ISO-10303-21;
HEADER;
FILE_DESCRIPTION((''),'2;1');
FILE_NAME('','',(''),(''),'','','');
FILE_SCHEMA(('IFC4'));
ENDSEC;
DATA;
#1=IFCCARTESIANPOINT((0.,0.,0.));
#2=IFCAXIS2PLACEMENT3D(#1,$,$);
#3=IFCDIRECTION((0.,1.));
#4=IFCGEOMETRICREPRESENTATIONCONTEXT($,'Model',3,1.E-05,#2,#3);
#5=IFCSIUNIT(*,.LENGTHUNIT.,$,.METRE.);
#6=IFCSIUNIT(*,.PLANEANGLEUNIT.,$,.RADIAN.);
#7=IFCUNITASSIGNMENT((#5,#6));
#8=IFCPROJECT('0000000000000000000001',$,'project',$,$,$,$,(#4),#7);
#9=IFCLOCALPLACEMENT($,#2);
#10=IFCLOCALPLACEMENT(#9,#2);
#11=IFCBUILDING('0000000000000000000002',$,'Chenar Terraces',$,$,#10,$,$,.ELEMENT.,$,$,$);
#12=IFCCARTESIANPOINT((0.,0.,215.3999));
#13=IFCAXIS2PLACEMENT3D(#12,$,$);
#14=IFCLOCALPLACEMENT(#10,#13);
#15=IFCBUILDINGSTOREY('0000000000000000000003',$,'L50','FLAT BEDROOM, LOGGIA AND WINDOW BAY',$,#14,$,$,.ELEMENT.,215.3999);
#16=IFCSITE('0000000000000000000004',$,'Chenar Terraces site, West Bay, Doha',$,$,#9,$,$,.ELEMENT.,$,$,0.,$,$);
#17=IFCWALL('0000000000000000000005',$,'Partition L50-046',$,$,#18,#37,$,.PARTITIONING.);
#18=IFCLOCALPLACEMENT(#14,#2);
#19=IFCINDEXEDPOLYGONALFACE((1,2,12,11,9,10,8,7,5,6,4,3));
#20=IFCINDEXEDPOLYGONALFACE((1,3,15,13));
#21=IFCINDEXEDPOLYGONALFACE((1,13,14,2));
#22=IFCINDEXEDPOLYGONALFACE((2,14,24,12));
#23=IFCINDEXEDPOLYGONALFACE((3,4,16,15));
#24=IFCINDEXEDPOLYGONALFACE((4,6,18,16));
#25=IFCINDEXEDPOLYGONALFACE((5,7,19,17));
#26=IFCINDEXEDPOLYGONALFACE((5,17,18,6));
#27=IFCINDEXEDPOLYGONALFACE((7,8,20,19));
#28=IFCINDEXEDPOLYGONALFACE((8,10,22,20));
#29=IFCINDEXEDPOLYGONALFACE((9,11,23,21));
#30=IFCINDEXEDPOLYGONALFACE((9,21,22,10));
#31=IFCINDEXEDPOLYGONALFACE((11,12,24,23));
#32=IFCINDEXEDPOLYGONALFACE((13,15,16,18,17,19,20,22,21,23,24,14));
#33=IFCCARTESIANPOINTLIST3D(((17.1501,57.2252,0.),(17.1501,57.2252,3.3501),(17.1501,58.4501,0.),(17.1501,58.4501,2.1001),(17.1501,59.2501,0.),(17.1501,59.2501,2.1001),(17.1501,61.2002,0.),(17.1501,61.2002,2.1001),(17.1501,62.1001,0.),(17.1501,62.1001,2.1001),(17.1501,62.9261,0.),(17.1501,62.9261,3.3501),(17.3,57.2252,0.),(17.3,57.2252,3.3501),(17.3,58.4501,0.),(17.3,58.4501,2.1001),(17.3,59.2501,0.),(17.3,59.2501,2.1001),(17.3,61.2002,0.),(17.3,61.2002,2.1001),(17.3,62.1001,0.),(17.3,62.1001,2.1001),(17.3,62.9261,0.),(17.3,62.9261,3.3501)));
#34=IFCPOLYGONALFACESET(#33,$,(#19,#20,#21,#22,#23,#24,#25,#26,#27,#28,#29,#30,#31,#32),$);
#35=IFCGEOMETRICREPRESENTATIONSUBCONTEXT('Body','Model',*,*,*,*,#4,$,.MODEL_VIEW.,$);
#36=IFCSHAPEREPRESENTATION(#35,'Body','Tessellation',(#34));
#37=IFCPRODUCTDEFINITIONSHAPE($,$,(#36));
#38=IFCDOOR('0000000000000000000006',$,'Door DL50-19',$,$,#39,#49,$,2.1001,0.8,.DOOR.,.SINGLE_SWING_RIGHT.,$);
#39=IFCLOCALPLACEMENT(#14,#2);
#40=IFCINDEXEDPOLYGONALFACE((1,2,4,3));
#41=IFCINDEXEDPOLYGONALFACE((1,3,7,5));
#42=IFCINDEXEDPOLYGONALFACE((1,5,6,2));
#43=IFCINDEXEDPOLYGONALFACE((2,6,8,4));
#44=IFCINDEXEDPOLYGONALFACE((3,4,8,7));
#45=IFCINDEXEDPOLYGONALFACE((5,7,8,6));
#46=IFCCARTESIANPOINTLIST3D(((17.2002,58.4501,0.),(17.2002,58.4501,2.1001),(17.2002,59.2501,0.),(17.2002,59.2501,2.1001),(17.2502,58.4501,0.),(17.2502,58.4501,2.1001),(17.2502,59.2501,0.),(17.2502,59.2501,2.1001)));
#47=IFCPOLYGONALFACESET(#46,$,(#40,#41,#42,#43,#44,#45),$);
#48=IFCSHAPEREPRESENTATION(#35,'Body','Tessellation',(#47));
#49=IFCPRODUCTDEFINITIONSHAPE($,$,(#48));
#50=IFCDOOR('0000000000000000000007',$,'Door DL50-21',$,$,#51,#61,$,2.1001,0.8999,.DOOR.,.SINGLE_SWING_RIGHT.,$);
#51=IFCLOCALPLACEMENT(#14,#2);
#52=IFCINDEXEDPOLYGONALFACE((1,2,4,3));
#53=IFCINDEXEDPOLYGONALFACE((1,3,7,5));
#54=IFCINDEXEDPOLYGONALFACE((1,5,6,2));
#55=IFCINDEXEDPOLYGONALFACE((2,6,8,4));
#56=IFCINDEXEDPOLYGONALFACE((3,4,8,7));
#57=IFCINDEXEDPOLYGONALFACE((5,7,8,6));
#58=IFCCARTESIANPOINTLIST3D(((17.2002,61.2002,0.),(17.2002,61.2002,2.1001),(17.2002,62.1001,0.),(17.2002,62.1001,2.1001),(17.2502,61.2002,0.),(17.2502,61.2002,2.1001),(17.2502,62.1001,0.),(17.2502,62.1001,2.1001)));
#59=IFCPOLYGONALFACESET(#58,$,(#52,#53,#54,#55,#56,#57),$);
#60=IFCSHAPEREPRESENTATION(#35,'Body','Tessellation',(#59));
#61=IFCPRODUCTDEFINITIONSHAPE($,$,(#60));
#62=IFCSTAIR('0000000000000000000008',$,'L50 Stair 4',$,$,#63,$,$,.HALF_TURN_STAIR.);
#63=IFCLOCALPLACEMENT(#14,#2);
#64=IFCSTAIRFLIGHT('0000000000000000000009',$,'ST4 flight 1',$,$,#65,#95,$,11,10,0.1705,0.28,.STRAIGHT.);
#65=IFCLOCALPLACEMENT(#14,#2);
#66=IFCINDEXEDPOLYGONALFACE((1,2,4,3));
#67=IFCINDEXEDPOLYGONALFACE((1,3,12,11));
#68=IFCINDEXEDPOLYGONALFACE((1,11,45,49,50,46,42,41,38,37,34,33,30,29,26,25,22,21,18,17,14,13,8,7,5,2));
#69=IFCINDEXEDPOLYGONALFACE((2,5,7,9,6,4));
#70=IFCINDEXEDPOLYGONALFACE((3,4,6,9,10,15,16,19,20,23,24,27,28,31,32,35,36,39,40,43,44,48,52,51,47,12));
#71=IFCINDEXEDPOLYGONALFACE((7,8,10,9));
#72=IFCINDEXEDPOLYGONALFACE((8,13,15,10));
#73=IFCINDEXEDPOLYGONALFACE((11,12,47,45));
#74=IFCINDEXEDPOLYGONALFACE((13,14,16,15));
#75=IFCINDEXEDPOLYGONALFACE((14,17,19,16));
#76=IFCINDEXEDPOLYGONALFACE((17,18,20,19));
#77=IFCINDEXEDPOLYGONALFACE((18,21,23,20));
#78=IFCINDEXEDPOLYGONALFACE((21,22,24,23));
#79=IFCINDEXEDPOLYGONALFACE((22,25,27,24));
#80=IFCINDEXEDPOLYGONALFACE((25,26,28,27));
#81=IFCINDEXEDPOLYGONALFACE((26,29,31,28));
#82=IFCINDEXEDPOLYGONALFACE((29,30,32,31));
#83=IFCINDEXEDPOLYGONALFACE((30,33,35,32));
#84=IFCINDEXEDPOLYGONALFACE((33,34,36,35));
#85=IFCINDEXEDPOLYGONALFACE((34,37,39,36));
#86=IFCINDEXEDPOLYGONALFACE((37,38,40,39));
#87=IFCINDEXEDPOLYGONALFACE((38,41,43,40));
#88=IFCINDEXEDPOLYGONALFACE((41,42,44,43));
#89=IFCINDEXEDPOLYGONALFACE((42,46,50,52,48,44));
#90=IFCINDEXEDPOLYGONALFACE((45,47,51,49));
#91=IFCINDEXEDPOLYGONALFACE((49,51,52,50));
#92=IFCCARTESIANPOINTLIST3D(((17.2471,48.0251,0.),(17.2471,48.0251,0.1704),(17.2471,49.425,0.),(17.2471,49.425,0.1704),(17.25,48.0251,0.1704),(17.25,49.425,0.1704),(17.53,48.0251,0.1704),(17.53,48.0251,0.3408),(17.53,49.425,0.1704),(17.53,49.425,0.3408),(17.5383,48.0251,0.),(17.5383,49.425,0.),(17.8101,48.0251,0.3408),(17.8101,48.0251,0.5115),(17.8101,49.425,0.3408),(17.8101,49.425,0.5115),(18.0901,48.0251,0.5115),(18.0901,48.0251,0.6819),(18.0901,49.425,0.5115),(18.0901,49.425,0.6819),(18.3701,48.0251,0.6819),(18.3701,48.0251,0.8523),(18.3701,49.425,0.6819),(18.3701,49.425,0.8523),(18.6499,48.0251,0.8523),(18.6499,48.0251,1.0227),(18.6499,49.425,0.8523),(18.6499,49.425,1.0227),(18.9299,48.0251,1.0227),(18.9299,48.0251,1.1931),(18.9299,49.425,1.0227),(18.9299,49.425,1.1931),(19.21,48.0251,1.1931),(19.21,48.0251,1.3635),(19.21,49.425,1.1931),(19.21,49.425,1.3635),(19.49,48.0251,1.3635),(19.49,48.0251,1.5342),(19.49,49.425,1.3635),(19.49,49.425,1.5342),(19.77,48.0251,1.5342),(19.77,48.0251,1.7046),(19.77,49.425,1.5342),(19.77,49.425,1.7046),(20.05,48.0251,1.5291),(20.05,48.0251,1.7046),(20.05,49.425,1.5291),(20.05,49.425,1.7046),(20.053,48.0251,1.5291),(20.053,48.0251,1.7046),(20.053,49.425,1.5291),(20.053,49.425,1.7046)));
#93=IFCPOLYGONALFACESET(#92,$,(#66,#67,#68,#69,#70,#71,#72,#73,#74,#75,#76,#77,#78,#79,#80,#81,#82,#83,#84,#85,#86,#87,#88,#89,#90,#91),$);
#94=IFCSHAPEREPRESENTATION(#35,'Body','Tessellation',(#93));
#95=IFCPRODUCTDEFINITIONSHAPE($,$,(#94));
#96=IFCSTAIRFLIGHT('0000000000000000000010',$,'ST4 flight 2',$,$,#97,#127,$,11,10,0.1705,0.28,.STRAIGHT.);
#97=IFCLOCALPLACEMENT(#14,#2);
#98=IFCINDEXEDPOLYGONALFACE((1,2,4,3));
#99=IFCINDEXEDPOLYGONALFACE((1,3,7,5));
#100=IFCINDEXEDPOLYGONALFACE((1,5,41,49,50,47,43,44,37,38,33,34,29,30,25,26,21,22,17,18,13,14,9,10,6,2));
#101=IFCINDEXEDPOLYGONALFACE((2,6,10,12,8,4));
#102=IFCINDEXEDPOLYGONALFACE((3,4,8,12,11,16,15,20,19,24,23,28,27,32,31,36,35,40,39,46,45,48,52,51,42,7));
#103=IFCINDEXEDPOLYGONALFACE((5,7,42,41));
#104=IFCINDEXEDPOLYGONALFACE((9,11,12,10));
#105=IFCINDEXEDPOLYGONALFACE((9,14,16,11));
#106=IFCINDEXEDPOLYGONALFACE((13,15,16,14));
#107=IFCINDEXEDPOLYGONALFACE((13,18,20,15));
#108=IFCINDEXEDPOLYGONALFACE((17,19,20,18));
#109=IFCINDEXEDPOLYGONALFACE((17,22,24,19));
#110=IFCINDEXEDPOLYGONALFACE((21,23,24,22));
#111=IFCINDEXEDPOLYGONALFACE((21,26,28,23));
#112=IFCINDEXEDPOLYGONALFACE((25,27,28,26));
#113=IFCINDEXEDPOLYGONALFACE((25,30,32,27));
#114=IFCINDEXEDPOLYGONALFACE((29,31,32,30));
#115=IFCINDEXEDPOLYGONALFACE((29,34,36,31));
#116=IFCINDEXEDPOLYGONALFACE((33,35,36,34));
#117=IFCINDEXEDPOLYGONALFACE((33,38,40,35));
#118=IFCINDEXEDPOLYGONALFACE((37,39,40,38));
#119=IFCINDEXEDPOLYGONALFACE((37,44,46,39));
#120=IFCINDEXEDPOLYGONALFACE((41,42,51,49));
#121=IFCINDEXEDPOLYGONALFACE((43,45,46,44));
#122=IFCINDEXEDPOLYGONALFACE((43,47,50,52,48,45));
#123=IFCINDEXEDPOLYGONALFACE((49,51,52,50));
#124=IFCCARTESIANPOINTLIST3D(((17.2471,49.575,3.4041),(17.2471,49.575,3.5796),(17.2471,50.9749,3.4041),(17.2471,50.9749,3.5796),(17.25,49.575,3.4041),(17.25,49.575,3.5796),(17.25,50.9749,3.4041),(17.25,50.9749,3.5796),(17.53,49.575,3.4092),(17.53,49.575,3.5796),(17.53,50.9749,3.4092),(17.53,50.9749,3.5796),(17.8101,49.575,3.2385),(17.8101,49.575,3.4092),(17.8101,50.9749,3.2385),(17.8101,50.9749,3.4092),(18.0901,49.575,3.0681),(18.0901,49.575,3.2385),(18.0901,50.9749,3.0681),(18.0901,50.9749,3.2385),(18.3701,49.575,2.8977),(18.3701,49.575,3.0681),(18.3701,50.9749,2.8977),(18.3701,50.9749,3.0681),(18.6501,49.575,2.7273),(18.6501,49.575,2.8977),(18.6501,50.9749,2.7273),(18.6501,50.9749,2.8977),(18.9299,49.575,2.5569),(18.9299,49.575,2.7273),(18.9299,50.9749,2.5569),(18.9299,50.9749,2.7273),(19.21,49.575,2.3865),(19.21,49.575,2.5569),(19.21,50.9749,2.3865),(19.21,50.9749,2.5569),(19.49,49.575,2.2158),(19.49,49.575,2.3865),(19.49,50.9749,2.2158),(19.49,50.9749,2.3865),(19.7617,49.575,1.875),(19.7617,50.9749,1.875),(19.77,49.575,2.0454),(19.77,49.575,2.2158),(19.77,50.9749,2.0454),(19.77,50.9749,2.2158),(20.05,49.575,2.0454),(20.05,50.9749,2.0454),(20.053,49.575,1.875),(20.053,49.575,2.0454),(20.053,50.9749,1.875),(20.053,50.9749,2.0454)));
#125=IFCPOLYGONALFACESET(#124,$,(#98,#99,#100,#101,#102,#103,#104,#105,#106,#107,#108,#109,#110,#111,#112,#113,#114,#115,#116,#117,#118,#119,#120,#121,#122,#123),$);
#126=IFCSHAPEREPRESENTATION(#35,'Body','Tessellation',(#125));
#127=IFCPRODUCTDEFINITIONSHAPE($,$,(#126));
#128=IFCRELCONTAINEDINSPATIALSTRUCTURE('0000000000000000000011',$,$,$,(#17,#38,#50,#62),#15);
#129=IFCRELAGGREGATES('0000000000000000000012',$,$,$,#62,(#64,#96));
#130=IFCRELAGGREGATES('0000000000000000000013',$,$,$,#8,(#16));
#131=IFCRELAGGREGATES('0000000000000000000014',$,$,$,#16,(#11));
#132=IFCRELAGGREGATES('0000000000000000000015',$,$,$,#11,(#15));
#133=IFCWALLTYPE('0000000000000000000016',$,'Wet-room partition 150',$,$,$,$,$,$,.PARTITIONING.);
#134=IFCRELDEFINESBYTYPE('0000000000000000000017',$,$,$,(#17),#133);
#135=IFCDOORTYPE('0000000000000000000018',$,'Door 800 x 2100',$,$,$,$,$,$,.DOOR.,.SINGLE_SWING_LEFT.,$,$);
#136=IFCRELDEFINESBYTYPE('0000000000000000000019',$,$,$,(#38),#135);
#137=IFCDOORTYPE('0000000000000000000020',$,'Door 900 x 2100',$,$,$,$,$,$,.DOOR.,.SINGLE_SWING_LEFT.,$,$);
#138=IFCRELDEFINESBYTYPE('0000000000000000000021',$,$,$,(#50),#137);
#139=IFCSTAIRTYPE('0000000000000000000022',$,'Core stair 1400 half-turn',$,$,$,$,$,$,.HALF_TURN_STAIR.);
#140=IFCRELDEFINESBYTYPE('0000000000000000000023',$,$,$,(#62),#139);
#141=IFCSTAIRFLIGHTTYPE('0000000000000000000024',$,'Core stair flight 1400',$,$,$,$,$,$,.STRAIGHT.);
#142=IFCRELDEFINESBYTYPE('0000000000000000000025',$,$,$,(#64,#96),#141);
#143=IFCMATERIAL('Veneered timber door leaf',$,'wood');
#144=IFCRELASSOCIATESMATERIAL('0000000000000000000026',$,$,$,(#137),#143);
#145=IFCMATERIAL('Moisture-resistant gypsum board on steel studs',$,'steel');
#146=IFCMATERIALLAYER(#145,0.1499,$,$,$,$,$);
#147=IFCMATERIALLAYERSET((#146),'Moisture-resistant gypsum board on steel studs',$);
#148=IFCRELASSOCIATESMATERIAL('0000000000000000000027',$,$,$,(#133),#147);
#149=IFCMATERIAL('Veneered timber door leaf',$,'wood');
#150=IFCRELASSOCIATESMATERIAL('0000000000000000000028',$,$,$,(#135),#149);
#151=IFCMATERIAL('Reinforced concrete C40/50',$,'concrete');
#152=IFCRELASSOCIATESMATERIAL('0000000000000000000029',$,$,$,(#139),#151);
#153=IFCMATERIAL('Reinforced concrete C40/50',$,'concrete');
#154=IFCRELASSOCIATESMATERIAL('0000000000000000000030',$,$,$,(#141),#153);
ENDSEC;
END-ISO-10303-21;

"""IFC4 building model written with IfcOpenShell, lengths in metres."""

from ifc_helpers import new_model, si_unit, direction, frame, frame_2d, origin, place, context, subcontext, project, spatial, polyline, rectangle, outline, extrude, material, layer, layer_set, type_object, element, fill, aggregate, save


model = new_model("IFC4")

# Units and contexts
model_context = context("Model", 3, precision=1e-05, world=origin(), true_north=direction((0.0, 1.0)))
body_context = subcontext(model_context, "Body", "Model", "MODEL_VIEW")
ifc_project = project(units=[si_unit("LENGTHUNIT", "METRE"), si_unit("PLANEANGLEUNIT", "RADIAN")], contexts=[model_context])

# Site, building, storey
site_placement = place(None, origin())
site = spatial("IfcSite", under=ifc_project, at=site_placement, Name="Chenar Terraces site, West Bay, Doha", CompositionType="ELEMENT", RefElevation=0.0)
building_placement = place(site_placement, origin())
building = spatial("IfcBuilding", under=site, at=building_placement, Name="Chenar Terraces", CompositionType="ELEMENT")
storey_placement = place(building_placement, frame((0.0, 0.0, 215.3999)))
storey = spatial("IfcBuildingStorey", under=building, at=storey_placement, Name="L50", Description="FLAT BEDROOM, LOGGIA AND WINDOW BAY", CompositionType="ELEMENT", Elevation=215.3999)

# Shared definitions
ifc_material_1 = material(Name="Veneered timber door leaf", Category="wood")
door_type_1 = type_object("IfcDoorType", Name="Door 900 x 2100", OperationType="SINGLE_SWING_LEFT", PredefinedType="DOOR", material=ifc_material_1)

# Shared definitions
ifc_material_2 = material(Name="Moisture-resistant gypsum board on steel studs", Category="steel")
ifc_layer_1 = layer(ifc_material_2, 0.1499)
ifc_layer_set_1 = layer_set([ifc_layer_1], Name="Moisture-resistant gypsum board on steel studs")
wall_type_1 = type_object("IfcWallType", Name="Wet-room partition 150", PredefinedType="PARTITIONING", material=ifc_layer_set_1)

# Wall, openings, doors
wall_1_placement = place(storey_placement, frame((17.2251, 57.2251, 0.0), z_axis=(0.0, 0.0, 1.0), x_axis=(0.0, 1.0, 0.0)))
wall_1 = element("IfcWall", 1, at=wall_1_placement, inside=storey, type_object=wall_type_1, Name="Partition L50-046", PredefinedType="PARTITIONING", context=body_context, shape_type="SweptSolid", body=[
    extrude(rectangle(XDim=5.7009, YDim=0.1499, at=frame_2d((2.8506, 0.0))), origin(), (0.0, 0.0, 1.0), 3.3501),
])
opening_1_placement = place(wall_1_placement, frame((1.2251, 0.0, 0.0)))
opening_1 = element("IfcOpeningElement", 2, at=opening_1_placement, cuts=wall_1, PredefinedType="OPENING", context=body_context, shape_type="SweptSolid", body=[
    extrude(rectangle(XDim=0.8, YDim=2.1001, at=frame_2d((0.3999, 1.05))), frame((0.0, 0.085, 0.0), z_axis=(0.0, -1.0, 0.0), x_axis=(1.0, 0.0, 0.0)), (0.0, 0.0, 1.0), 0.1699),
])
opening_2_placement = place(wall_1_placement, frame((3.9751, 0.0, 0.0)))
opening_2 = element("IfcOpeningElement", 3, at=opening_2_placement, cuts=wall_1, PredefinedType="OPENING", context=body_context, shape_type="SweptSolid", body=[
    extrude(rectangle(XDim=0.8999, YDim=2.1001, at=frame_2d((0.45, 1.05))), frame((0.0, 0.085, 0.0), z_axis=(0.0, -1.0, 0.0), x_axis=(1.0, 0.0, 0.0)), (0.0, 0.0, 1.0), 0.1699),
])
ifc_material_3 = material(Name="Veneered timber door leaf", Category="wood")
door_type_2 = type_object("IfcDoorType", Name="Door 800 x 2100", OperationType="SINGLE_SWING_LEFT", PredefinedType="DOOR", material=ifc_material_3)
door_1_placement = place(opening_1_placement, origin())
door_1 = element("IfcDoor", 4, at=door_1_placement, inside=storey, type_object=door_type_2, Name="Door DL50-19", OperationType="SINGLE_SWING_RIGHT", OverallHeight=2.1001, OverallWidth=0.8, PredefinedType="DOOR", context=body_context, shape_type="SweptSolid", body=[
    extrude(rectangle(XDim=0.8, YDim=2.1001, at=frame_2d((0.3999, 1.05))), frame((0.0, 0.0249, 0.0), z_axis=(0.0, -1.0, 0.0), x_axis=(1.0, 0.0, 0.0)), (0.0, 0.0, 1.0), 0.05),
])
fill(opening_1, door_1)
door_2_placement = place(opening_2_placement, origin())
door_2 = element("IfcDoor", 5, at=door_2_placement, inside=storey, type_object=door_type_1, Name="Door DL50-21", OperationType="SINGLE_SWING_RIGHT", OverallHeight=2.1001, OverallWidth=0.8999, PredefinedType="DOOR", context=body_context, shape_type="SweptSolid", body=[
    extrude(rectangle(XDim=0.8999, YDim=2.1001, at=frame_2d((0.45, 1.05))), frame((0.0, 0.0249, 0.0), z_axis=(0.0, -1.0, 0.0), x_axis=(1.0, 0.0, 0.0)), (0.0, 0.0, 1.0), 0.05),
])
fill(opening_2, door_2)

# Stair, stair flights
ifc_material_4 = material(Name="Reinforced concrete C40/50", Category="concrete")
stair_type = type_object("IfcStairType", Name="Core stair 1400 half-turn", PredefinedType="HALF_TURN_STAIR", material=ifc_material_4)
stair_placement = place(storey_placement, origin())
stair = element("IfcStair", 6, at=stair_placement, inside=storey, type_object=stair_type, Name="L50 Stair 4", PredefinedType="HALF_TURN_STAIR")
ifc_material_5 = material(Name="Reinforced concrete C40/50", Category="concrete")
stair_flight_type = type_object("IfcStairFlightType", Name="Core stair flight 1400", PredefinedType="STRAIGHT", material=ifc_material_5)
stair_flight_1_placement = place(storey_placement, frame((17.25, 48.7251, 0.0), z_axis=(0.0, 0.0, 1.0), x_axis=(1.0, 0.0, 0.0)))
stair_flight_1 = element("IfcStairFlight", 7, at=stair_flight_1_placement, type_object=stair_flight_type, Name="ST4 flight 1", NumberOfRisers=11, NumberOfTreads=10, PredefinedType="STRAIGHT", RiserHeight=0.1705, TreadLength=0.28, context=body_context, shape_type="SweptSolid", body=[
    extrude(outline(polyline([(-0.0029, 0.0), (-0.0029, 0.1704), (0.0, 0.1704), (0.28, 0.1704), (0.28, 0.3408), (0.5601, 0.3408), (0.5601, 0.5115), (0.8401, 0.5115), (0.8401, 0.6819), (1.1201, 0.6819), (1.1201, 0.8523), (1.3999, 0.8523), (1.3999, 1.0227), (1.6799, 1.0227), (1.6799, 1.1931), (1.96, 1.1931), (1.96, 1.3635), (2.24, 1.3635), (2.24, 1.5342), (2.52, 1.5342), (2.52, 1.7046), (2.8, 1.7046), (2.803, 1.7046), (2.803, 1.5291), (2.8, 1.5291), (0.2883, 0.0), (-0.0029, 0.0)])), frame((0.0, 0.7, 0.0), z_axis=(0.0, -1.0, 0.0), x_axis=(1.0, 0.0, 0.0)), (0.0, 0.0, 1.0), 1.3999),
])
stair_flight_2_placement = place(storey_placement, frame((20.05, 50.2749, 1.875), z_axis=(0.0, 0.0, 1.0), x_axis=(-1.0, 0.0, 0.0)))
stair_flight_2 = element("IfcStairFlight", 8, at=stair_flight_2_placement, type_object=stair_flight_type, Name="ST4 flight 2", NumberOfRisers=11, NumberOfTreads=10, PredefinedType="STRAIGHT", RiserHeight=0.1705, TreadLength=0.28, context=body_context, shape_type="SweptSolid", body=[
    extrude(outline(polyline([(-0.0029, 0.0), (-0.0029, 0.1704), (0.0, 0.1704), (0.28, 0.1704), (0.28, 0.3408), (0.5601, 0.3408), (0.5601, 0.5115), (0.8401, 0.5115), (0.8401, 0.6819), (1.1201, 0.6819), (1.1201, 0.8523), (1.3999, 0.8523), (1.3999, 1.0227), (1.6799, 1.0227), (1.6799, 1.1931), (1.96, 1.1931), (1.96, 1.3635), (2.24, 1.3635), (2.24, 1.5342), (2.52, 1.5342), (2.52, 1.7046), (2.8, 1.7046), (2.803, 1.7046), (2.803, 1.5291), (2.8, 1.5291), (0.2883, 0.0), (-0.0029, 0.0)])), frame((0.0, 0.7, 0.0), z_axis=(0.0, -1.0, 0.0), x_axis=(1.0, 0.0, 0.0)), (0.0, 0.0, 1.0), 1.3999),
])
aggregate(stair, [stair_flight_1, stair_flight_2])

save(model, "model.ifc")
